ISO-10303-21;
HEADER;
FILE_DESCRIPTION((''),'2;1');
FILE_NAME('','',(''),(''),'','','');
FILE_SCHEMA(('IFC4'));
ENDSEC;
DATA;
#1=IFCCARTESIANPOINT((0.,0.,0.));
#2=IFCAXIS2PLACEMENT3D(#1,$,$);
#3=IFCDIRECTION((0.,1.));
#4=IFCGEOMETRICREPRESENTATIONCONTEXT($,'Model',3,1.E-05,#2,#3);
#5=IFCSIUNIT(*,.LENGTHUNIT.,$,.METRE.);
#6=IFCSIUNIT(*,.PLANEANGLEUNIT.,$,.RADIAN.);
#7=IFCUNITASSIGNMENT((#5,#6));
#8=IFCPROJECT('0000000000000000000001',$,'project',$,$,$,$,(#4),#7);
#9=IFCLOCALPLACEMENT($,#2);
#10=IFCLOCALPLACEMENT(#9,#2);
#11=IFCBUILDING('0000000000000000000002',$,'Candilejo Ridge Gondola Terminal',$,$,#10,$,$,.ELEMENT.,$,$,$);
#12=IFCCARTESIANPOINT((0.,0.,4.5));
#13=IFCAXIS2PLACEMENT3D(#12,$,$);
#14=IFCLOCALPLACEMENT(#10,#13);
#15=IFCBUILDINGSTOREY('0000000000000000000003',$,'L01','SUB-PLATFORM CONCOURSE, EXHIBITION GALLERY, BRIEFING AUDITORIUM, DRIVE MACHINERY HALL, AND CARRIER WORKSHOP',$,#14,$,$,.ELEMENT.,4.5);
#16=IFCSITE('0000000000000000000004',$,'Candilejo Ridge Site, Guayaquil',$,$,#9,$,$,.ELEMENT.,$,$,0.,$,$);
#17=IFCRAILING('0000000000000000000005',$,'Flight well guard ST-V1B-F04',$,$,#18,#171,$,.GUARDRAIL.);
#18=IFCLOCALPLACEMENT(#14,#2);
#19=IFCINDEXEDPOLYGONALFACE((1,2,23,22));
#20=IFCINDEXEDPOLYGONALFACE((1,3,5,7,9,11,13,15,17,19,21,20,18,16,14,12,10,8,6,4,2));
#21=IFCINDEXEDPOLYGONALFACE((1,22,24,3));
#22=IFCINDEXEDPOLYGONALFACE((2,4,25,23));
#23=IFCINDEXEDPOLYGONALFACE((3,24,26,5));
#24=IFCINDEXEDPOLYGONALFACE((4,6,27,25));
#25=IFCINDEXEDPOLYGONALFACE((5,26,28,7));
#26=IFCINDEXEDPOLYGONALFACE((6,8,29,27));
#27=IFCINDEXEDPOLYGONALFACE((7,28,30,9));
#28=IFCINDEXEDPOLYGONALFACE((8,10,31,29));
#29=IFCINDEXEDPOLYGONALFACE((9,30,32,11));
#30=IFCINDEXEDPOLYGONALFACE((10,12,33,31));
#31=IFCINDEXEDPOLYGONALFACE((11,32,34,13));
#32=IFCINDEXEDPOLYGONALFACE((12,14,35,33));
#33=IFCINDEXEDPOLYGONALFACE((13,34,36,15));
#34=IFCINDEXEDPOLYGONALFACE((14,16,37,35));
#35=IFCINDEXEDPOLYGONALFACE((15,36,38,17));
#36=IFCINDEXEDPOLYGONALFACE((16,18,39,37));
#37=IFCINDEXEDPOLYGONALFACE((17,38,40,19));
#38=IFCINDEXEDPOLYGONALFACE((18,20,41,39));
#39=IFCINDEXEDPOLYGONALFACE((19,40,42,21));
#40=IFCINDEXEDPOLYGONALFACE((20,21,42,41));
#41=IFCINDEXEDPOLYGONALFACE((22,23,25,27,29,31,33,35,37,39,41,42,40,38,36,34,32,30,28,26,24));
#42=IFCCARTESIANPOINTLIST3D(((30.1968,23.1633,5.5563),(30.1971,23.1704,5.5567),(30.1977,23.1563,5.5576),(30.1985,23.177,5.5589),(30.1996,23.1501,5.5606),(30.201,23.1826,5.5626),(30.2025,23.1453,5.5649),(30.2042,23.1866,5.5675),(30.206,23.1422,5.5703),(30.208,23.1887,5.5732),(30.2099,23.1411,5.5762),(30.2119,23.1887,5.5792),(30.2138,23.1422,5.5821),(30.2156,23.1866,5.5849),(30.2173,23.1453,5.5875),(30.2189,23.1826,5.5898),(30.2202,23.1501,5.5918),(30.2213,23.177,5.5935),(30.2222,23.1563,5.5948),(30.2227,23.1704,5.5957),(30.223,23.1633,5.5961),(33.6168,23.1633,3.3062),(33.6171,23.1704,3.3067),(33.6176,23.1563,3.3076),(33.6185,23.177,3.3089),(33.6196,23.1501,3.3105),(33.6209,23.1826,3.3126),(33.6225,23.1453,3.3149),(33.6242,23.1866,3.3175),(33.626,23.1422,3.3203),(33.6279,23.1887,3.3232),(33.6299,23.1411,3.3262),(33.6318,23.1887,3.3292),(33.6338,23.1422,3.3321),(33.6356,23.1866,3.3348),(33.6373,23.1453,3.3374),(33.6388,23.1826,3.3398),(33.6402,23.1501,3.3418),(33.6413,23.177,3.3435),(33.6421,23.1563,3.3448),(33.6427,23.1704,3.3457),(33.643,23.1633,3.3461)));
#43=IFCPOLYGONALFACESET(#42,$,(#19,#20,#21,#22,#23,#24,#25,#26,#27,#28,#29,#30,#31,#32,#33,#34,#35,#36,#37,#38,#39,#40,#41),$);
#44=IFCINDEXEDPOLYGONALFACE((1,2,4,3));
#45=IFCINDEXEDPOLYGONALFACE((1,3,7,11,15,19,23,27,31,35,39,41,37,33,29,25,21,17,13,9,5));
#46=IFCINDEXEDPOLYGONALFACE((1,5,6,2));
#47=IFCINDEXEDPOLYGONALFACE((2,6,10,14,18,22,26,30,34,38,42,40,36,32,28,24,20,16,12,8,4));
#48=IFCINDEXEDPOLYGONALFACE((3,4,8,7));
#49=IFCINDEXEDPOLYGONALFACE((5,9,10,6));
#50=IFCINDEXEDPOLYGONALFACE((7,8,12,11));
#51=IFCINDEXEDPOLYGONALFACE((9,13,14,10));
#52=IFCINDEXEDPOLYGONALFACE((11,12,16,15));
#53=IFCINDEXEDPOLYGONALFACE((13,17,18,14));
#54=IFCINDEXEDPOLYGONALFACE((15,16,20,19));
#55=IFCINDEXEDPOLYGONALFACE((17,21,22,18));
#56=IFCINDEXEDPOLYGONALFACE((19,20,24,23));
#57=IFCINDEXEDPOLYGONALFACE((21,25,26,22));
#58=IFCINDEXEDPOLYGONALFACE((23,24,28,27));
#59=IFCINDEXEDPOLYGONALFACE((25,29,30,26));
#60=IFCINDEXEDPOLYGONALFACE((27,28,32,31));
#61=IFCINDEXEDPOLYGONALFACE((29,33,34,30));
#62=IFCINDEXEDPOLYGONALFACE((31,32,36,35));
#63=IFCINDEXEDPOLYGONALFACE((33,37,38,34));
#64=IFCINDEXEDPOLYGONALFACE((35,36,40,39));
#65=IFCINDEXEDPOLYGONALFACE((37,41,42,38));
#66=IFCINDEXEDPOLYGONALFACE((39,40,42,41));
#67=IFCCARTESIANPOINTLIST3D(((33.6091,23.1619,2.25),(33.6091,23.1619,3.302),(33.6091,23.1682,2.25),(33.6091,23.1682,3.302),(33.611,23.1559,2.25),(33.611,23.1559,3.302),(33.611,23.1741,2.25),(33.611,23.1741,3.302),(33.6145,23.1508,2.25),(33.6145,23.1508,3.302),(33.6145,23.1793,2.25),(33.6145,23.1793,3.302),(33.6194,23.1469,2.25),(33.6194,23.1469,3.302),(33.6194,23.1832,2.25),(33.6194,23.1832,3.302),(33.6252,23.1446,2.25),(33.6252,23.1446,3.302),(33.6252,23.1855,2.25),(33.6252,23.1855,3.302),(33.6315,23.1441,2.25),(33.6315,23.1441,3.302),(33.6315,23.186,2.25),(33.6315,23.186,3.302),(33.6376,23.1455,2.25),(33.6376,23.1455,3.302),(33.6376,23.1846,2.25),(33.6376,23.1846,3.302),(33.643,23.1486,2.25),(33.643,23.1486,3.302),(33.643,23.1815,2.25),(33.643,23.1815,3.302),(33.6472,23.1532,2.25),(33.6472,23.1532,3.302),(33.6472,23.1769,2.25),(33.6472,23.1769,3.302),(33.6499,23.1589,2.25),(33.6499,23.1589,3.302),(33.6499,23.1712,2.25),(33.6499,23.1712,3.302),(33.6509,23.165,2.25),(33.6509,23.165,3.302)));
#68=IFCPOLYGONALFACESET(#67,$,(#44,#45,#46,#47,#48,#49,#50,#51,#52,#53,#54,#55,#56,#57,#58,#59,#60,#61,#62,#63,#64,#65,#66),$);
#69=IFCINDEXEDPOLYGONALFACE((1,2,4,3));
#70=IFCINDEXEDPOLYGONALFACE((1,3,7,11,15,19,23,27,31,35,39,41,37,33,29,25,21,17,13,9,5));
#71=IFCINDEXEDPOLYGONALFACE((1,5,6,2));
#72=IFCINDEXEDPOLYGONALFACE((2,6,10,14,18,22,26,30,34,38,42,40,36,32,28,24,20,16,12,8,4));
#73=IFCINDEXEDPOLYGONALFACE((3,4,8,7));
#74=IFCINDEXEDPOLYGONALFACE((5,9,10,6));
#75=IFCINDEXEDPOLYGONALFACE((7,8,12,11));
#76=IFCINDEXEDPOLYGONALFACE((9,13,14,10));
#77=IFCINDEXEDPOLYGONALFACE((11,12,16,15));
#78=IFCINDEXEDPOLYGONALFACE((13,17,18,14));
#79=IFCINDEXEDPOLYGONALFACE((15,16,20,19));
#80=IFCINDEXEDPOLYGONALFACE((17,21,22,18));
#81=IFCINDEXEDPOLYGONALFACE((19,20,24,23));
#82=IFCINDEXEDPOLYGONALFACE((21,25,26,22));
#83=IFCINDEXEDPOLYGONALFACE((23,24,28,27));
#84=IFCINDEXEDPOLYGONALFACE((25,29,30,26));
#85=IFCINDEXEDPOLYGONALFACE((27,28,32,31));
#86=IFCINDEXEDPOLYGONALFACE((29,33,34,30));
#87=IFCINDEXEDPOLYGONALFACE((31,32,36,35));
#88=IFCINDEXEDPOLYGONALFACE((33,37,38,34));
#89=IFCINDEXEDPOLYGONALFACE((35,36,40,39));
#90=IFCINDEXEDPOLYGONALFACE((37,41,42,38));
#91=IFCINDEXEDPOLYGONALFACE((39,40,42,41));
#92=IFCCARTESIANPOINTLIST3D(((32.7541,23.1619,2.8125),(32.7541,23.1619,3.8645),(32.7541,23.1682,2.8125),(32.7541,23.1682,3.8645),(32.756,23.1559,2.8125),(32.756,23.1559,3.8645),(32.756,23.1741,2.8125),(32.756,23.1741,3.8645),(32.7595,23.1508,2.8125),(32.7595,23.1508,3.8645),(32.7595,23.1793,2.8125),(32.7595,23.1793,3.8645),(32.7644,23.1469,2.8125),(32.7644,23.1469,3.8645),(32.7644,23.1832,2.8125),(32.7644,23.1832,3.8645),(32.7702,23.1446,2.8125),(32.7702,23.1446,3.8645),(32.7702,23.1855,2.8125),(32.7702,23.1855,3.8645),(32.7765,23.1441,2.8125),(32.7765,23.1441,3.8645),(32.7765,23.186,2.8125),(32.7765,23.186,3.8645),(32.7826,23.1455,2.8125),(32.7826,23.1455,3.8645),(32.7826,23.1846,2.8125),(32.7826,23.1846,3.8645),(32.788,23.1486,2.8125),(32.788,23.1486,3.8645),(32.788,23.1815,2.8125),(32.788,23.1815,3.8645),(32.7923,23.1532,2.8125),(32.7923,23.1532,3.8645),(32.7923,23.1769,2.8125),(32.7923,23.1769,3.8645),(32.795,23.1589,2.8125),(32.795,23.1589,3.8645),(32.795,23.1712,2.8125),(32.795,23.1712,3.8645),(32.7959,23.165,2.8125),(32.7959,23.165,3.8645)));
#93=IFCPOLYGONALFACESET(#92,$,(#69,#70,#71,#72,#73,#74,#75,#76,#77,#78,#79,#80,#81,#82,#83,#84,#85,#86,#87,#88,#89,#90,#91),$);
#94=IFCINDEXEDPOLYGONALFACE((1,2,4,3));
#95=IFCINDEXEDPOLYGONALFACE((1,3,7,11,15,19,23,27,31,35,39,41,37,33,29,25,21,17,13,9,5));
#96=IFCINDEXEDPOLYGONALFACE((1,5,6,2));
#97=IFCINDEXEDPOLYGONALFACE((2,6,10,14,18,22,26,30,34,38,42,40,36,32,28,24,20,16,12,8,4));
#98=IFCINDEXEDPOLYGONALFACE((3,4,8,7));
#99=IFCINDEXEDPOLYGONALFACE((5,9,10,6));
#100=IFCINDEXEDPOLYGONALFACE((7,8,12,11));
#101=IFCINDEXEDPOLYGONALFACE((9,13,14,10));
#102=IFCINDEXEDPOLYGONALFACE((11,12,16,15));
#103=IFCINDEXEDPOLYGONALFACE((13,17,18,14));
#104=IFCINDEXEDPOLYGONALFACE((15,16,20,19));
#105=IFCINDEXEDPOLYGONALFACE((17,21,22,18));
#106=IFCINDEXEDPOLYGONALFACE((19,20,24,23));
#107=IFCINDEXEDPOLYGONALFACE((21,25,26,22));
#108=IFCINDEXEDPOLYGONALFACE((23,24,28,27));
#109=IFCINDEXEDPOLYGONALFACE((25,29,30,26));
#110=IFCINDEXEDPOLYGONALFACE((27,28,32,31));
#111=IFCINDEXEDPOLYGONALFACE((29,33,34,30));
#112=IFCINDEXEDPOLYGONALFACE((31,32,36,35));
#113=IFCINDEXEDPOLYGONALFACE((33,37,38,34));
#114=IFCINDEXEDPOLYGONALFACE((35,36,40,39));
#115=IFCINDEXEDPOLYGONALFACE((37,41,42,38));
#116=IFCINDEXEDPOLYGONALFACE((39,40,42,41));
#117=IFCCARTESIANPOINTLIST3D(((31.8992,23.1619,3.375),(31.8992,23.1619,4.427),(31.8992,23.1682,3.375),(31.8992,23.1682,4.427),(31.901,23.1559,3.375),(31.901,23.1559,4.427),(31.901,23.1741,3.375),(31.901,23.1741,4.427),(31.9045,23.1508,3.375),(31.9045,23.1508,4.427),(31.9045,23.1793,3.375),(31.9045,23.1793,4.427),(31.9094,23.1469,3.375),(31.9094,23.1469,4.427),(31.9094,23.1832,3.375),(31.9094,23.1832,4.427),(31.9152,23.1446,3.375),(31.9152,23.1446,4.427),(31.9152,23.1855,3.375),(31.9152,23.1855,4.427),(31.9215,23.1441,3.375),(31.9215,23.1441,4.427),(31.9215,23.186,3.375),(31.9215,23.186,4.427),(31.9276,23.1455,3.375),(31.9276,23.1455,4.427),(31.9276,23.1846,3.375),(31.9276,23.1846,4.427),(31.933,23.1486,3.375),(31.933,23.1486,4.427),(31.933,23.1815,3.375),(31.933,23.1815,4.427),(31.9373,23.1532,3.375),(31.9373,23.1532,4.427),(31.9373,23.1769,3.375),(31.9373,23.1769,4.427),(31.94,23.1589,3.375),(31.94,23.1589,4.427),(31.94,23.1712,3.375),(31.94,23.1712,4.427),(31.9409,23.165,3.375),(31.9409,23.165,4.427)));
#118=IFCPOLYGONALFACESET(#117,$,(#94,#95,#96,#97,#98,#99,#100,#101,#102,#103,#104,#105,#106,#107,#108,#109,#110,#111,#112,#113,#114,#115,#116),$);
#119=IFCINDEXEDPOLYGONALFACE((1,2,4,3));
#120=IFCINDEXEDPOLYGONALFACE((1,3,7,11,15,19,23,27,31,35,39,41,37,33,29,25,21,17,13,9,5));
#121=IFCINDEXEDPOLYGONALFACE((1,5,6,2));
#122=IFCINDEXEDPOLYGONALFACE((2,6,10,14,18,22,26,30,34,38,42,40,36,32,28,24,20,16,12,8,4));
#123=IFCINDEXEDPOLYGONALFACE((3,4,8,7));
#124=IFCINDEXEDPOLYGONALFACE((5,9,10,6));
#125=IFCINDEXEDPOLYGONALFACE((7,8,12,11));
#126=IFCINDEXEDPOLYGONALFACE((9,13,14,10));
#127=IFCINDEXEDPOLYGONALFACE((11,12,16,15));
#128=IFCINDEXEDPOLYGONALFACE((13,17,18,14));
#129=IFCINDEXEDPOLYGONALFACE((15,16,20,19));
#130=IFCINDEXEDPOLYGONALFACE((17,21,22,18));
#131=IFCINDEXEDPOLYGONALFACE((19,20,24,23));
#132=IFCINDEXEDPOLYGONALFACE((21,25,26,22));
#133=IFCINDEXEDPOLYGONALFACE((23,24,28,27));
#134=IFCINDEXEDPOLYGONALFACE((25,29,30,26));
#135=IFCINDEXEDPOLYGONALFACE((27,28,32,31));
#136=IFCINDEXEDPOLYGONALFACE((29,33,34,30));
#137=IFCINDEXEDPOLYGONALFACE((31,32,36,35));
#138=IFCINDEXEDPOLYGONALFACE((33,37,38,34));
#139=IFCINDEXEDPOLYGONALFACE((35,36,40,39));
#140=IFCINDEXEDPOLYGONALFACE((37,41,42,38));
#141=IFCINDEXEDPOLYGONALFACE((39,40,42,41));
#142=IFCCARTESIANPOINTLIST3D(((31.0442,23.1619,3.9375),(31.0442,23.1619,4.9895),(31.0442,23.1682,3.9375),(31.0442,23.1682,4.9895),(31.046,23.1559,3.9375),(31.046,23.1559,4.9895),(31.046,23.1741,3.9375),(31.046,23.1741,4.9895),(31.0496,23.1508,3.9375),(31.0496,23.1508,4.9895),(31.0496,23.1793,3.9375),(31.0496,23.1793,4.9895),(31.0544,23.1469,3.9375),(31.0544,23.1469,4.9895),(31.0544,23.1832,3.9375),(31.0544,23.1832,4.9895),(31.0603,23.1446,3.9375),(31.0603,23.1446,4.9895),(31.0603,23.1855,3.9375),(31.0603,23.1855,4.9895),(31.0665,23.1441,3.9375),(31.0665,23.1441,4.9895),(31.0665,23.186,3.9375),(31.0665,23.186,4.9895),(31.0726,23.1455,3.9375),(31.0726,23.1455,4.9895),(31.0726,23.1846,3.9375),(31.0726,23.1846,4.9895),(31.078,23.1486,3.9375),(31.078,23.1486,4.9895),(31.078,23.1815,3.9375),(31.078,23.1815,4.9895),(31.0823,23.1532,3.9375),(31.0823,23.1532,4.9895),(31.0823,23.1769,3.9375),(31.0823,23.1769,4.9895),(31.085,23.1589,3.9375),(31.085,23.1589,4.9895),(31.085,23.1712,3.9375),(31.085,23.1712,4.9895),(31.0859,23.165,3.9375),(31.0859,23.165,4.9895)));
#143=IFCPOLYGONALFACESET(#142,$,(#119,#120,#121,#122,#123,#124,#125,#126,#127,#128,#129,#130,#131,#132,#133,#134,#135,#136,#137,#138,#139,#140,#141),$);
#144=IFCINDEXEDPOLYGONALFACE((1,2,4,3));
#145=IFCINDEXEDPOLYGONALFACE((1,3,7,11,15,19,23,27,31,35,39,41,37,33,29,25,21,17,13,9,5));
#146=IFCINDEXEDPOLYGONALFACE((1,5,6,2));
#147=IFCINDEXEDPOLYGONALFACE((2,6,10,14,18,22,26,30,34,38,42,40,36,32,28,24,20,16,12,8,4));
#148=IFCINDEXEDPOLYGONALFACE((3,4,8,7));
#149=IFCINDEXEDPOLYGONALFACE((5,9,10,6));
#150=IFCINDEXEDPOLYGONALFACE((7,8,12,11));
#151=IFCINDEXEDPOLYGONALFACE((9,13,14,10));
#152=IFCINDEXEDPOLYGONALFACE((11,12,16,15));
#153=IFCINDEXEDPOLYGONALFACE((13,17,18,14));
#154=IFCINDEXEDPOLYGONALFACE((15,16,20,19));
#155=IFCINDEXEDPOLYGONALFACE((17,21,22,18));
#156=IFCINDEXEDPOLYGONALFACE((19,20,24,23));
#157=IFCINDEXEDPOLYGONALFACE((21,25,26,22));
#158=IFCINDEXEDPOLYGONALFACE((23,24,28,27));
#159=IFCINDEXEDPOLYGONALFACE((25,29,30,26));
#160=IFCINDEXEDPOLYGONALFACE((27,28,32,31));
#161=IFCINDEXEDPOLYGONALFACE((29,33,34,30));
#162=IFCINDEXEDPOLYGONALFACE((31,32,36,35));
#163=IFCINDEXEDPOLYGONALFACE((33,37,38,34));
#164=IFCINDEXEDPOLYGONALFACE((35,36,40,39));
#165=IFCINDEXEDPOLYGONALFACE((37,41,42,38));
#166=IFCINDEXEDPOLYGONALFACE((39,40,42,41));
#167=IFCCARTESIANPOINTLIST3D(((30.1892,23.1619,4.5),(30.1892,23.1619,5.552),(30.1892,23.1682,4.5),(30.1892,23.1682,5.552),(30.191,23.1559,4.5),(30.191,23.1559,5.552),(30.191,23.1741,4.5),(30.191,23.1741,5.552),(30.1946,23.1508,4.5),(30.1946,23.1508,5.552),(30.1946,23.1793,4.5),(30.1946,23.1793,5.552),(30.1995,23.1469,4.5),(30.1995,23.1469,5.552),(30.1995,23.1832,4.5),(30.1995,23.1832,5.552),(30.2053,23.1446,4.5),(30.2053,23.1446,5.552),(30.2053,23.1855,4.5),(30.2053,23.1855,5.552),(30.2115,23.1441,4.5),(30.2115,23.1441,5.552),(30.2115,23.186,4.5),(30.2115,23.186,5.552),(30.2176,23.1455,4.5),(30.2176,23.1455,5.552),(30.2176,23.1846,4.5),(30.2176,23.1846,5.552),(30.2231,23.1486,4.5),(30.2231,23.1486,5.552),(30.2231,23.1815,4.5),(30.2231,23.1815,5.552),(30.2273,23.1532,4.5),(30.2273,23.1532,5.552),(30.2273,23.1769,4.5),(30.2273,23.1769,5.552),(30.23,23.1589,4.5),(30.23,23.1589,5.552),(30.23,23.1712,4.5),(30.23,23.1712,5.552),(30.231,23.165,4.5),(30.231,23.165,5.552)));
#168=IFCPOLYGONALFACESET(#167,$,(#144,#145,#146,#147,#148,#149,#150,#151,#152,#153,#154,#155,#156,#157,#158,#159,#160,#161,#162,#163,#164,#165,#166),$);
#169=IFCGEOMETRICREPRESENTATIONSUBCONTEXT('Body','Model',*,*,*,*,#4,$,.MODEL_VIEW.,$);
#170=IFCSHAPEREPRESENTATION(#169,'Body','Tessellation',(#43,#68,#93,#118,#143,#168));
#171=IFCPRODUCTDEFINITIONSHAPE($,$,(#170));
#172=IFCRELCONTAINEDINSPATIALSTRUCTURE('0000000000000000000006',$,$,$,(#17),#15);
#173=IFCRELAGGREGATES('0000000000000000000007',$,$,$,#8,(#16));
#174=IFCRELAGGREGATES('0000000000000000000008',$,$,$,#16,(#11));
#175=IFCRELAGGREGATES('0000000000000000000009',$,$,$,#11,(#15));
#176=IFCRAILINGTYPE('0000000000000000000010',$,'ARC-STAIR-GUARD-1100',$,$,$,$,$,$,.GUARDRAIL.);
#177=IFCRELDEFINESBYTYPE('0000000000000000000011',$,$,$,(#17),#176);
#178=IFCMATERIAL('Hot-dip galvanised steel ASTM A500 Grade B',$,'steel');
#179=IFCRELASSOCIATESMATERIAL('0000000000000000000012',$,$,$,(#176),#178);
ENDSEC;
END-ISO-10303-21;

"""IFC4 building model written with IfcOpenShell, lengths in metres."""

from ifc_helpers import new_model, si_unit, direction, frame, origin, origin_2d, place, context, subcontext, project, spatial, circle, extrude, material, type_object, element, save


model = new_model("IFC4")

# Units and contexts
model_context = context("Model", 3, precision=1e-05, world=origin(), true_north=direction((0.0, 1.0)))
body_context = subcontext(model_context, "Body", "Model", "MODEL_VIEW")
ifc_project = project(units=[si_unit("LENGTHUNIT", "METRE"), si_unit("PLANEANGLEUNIT", "RADIAN")], contexts=[model_context])

# Site, building, storey
site_placement = place(None, origin())
site = spatial("IfcSite", under=ifc_project, at=site_placement, Name="Candilejo Ridge Site, Guayaquil", CompositionType="ELEMENT", RefElevation=0.0)
building_placement = place(site_placement, origin())
building = spatial("IfcBuilding", under=site, at=building_placement, Name="Candilejo Ridge Gondola Terminal", CompositionType="ELEMENT")
storey_placement = place(building_placement, frame((0.0, 0.0, 4.5)))
storey = spatial("IfcBuildingStorey", under=building, at=storey_placement, Name="L01", Description="SUB-PLATFORM CONCOURSE, EXHIBITION GALLERY, BRIEFING AUDITORIUM, DRIVE MACHINERY HALL, AND CARRIER WORKSHOP", CompositionType="ELEMENT", Elevation=4.5)

# Railing
ifc_material_1 = material(Name="Hot-dip galvanised steel ASTM A500 Grade B", Category="steel")
railing_type_1 = type_object("IfcRailingType", Name="ARC-STAIR-GUARD-1100", PredefinedType="GUARDRAIL", material=ifc_material_1)
railing_1_placement = place(storey_placement, frame((33.6299, 23.165, 2.25)))
element("IfcRailing", 1, at=railing_1_placement, inside=storey, type_object=railing_type_1, Name="Flight well guard ST-V1B-F04", PredefinedType="GUARDRAIL", context=body_context, shape_type="SweptSolid", body=[
    extrude(circle(Radius=0.0239, at=origin_2d()), frame((0.0, 0.0, 1.0762), z_axis=(-0.835411, 0.0, 0.549625), x_axis=(0.0, -1.0, 0.0)), (0.0, 0.0, 1.0), 4.0938),
    extrude(circle(Radius=0.021, at=origin_2d()), origin(), (0.0, 0.0, 1.0), 1.052),
    extrude(circle(Radius=0.021, at=origin_2d()), frame((-0.855, 0.0, 0.5625)), (0.0, 0.0, 1.0), 1.052),
    extrude(circle(Radius=0.021, at=origin_2d()), frame((-1.71, 0.0, 1.125)), (0.0, 0.0, 1.0), 1.052),
    extrude(circle(Radius=0.021, at=origin_2d()), frame((-2.5649, 0.0, 1.6875)), (0.0, 0.0, 1.0), 1.052),
    extrude(circle(Radius=0.021, at=origin_2d()), frame((-3.4199, 0.0, 2.25)), (0.0, 0.0, 1.0), 1.052),
])

save(model, "model.ifc")
